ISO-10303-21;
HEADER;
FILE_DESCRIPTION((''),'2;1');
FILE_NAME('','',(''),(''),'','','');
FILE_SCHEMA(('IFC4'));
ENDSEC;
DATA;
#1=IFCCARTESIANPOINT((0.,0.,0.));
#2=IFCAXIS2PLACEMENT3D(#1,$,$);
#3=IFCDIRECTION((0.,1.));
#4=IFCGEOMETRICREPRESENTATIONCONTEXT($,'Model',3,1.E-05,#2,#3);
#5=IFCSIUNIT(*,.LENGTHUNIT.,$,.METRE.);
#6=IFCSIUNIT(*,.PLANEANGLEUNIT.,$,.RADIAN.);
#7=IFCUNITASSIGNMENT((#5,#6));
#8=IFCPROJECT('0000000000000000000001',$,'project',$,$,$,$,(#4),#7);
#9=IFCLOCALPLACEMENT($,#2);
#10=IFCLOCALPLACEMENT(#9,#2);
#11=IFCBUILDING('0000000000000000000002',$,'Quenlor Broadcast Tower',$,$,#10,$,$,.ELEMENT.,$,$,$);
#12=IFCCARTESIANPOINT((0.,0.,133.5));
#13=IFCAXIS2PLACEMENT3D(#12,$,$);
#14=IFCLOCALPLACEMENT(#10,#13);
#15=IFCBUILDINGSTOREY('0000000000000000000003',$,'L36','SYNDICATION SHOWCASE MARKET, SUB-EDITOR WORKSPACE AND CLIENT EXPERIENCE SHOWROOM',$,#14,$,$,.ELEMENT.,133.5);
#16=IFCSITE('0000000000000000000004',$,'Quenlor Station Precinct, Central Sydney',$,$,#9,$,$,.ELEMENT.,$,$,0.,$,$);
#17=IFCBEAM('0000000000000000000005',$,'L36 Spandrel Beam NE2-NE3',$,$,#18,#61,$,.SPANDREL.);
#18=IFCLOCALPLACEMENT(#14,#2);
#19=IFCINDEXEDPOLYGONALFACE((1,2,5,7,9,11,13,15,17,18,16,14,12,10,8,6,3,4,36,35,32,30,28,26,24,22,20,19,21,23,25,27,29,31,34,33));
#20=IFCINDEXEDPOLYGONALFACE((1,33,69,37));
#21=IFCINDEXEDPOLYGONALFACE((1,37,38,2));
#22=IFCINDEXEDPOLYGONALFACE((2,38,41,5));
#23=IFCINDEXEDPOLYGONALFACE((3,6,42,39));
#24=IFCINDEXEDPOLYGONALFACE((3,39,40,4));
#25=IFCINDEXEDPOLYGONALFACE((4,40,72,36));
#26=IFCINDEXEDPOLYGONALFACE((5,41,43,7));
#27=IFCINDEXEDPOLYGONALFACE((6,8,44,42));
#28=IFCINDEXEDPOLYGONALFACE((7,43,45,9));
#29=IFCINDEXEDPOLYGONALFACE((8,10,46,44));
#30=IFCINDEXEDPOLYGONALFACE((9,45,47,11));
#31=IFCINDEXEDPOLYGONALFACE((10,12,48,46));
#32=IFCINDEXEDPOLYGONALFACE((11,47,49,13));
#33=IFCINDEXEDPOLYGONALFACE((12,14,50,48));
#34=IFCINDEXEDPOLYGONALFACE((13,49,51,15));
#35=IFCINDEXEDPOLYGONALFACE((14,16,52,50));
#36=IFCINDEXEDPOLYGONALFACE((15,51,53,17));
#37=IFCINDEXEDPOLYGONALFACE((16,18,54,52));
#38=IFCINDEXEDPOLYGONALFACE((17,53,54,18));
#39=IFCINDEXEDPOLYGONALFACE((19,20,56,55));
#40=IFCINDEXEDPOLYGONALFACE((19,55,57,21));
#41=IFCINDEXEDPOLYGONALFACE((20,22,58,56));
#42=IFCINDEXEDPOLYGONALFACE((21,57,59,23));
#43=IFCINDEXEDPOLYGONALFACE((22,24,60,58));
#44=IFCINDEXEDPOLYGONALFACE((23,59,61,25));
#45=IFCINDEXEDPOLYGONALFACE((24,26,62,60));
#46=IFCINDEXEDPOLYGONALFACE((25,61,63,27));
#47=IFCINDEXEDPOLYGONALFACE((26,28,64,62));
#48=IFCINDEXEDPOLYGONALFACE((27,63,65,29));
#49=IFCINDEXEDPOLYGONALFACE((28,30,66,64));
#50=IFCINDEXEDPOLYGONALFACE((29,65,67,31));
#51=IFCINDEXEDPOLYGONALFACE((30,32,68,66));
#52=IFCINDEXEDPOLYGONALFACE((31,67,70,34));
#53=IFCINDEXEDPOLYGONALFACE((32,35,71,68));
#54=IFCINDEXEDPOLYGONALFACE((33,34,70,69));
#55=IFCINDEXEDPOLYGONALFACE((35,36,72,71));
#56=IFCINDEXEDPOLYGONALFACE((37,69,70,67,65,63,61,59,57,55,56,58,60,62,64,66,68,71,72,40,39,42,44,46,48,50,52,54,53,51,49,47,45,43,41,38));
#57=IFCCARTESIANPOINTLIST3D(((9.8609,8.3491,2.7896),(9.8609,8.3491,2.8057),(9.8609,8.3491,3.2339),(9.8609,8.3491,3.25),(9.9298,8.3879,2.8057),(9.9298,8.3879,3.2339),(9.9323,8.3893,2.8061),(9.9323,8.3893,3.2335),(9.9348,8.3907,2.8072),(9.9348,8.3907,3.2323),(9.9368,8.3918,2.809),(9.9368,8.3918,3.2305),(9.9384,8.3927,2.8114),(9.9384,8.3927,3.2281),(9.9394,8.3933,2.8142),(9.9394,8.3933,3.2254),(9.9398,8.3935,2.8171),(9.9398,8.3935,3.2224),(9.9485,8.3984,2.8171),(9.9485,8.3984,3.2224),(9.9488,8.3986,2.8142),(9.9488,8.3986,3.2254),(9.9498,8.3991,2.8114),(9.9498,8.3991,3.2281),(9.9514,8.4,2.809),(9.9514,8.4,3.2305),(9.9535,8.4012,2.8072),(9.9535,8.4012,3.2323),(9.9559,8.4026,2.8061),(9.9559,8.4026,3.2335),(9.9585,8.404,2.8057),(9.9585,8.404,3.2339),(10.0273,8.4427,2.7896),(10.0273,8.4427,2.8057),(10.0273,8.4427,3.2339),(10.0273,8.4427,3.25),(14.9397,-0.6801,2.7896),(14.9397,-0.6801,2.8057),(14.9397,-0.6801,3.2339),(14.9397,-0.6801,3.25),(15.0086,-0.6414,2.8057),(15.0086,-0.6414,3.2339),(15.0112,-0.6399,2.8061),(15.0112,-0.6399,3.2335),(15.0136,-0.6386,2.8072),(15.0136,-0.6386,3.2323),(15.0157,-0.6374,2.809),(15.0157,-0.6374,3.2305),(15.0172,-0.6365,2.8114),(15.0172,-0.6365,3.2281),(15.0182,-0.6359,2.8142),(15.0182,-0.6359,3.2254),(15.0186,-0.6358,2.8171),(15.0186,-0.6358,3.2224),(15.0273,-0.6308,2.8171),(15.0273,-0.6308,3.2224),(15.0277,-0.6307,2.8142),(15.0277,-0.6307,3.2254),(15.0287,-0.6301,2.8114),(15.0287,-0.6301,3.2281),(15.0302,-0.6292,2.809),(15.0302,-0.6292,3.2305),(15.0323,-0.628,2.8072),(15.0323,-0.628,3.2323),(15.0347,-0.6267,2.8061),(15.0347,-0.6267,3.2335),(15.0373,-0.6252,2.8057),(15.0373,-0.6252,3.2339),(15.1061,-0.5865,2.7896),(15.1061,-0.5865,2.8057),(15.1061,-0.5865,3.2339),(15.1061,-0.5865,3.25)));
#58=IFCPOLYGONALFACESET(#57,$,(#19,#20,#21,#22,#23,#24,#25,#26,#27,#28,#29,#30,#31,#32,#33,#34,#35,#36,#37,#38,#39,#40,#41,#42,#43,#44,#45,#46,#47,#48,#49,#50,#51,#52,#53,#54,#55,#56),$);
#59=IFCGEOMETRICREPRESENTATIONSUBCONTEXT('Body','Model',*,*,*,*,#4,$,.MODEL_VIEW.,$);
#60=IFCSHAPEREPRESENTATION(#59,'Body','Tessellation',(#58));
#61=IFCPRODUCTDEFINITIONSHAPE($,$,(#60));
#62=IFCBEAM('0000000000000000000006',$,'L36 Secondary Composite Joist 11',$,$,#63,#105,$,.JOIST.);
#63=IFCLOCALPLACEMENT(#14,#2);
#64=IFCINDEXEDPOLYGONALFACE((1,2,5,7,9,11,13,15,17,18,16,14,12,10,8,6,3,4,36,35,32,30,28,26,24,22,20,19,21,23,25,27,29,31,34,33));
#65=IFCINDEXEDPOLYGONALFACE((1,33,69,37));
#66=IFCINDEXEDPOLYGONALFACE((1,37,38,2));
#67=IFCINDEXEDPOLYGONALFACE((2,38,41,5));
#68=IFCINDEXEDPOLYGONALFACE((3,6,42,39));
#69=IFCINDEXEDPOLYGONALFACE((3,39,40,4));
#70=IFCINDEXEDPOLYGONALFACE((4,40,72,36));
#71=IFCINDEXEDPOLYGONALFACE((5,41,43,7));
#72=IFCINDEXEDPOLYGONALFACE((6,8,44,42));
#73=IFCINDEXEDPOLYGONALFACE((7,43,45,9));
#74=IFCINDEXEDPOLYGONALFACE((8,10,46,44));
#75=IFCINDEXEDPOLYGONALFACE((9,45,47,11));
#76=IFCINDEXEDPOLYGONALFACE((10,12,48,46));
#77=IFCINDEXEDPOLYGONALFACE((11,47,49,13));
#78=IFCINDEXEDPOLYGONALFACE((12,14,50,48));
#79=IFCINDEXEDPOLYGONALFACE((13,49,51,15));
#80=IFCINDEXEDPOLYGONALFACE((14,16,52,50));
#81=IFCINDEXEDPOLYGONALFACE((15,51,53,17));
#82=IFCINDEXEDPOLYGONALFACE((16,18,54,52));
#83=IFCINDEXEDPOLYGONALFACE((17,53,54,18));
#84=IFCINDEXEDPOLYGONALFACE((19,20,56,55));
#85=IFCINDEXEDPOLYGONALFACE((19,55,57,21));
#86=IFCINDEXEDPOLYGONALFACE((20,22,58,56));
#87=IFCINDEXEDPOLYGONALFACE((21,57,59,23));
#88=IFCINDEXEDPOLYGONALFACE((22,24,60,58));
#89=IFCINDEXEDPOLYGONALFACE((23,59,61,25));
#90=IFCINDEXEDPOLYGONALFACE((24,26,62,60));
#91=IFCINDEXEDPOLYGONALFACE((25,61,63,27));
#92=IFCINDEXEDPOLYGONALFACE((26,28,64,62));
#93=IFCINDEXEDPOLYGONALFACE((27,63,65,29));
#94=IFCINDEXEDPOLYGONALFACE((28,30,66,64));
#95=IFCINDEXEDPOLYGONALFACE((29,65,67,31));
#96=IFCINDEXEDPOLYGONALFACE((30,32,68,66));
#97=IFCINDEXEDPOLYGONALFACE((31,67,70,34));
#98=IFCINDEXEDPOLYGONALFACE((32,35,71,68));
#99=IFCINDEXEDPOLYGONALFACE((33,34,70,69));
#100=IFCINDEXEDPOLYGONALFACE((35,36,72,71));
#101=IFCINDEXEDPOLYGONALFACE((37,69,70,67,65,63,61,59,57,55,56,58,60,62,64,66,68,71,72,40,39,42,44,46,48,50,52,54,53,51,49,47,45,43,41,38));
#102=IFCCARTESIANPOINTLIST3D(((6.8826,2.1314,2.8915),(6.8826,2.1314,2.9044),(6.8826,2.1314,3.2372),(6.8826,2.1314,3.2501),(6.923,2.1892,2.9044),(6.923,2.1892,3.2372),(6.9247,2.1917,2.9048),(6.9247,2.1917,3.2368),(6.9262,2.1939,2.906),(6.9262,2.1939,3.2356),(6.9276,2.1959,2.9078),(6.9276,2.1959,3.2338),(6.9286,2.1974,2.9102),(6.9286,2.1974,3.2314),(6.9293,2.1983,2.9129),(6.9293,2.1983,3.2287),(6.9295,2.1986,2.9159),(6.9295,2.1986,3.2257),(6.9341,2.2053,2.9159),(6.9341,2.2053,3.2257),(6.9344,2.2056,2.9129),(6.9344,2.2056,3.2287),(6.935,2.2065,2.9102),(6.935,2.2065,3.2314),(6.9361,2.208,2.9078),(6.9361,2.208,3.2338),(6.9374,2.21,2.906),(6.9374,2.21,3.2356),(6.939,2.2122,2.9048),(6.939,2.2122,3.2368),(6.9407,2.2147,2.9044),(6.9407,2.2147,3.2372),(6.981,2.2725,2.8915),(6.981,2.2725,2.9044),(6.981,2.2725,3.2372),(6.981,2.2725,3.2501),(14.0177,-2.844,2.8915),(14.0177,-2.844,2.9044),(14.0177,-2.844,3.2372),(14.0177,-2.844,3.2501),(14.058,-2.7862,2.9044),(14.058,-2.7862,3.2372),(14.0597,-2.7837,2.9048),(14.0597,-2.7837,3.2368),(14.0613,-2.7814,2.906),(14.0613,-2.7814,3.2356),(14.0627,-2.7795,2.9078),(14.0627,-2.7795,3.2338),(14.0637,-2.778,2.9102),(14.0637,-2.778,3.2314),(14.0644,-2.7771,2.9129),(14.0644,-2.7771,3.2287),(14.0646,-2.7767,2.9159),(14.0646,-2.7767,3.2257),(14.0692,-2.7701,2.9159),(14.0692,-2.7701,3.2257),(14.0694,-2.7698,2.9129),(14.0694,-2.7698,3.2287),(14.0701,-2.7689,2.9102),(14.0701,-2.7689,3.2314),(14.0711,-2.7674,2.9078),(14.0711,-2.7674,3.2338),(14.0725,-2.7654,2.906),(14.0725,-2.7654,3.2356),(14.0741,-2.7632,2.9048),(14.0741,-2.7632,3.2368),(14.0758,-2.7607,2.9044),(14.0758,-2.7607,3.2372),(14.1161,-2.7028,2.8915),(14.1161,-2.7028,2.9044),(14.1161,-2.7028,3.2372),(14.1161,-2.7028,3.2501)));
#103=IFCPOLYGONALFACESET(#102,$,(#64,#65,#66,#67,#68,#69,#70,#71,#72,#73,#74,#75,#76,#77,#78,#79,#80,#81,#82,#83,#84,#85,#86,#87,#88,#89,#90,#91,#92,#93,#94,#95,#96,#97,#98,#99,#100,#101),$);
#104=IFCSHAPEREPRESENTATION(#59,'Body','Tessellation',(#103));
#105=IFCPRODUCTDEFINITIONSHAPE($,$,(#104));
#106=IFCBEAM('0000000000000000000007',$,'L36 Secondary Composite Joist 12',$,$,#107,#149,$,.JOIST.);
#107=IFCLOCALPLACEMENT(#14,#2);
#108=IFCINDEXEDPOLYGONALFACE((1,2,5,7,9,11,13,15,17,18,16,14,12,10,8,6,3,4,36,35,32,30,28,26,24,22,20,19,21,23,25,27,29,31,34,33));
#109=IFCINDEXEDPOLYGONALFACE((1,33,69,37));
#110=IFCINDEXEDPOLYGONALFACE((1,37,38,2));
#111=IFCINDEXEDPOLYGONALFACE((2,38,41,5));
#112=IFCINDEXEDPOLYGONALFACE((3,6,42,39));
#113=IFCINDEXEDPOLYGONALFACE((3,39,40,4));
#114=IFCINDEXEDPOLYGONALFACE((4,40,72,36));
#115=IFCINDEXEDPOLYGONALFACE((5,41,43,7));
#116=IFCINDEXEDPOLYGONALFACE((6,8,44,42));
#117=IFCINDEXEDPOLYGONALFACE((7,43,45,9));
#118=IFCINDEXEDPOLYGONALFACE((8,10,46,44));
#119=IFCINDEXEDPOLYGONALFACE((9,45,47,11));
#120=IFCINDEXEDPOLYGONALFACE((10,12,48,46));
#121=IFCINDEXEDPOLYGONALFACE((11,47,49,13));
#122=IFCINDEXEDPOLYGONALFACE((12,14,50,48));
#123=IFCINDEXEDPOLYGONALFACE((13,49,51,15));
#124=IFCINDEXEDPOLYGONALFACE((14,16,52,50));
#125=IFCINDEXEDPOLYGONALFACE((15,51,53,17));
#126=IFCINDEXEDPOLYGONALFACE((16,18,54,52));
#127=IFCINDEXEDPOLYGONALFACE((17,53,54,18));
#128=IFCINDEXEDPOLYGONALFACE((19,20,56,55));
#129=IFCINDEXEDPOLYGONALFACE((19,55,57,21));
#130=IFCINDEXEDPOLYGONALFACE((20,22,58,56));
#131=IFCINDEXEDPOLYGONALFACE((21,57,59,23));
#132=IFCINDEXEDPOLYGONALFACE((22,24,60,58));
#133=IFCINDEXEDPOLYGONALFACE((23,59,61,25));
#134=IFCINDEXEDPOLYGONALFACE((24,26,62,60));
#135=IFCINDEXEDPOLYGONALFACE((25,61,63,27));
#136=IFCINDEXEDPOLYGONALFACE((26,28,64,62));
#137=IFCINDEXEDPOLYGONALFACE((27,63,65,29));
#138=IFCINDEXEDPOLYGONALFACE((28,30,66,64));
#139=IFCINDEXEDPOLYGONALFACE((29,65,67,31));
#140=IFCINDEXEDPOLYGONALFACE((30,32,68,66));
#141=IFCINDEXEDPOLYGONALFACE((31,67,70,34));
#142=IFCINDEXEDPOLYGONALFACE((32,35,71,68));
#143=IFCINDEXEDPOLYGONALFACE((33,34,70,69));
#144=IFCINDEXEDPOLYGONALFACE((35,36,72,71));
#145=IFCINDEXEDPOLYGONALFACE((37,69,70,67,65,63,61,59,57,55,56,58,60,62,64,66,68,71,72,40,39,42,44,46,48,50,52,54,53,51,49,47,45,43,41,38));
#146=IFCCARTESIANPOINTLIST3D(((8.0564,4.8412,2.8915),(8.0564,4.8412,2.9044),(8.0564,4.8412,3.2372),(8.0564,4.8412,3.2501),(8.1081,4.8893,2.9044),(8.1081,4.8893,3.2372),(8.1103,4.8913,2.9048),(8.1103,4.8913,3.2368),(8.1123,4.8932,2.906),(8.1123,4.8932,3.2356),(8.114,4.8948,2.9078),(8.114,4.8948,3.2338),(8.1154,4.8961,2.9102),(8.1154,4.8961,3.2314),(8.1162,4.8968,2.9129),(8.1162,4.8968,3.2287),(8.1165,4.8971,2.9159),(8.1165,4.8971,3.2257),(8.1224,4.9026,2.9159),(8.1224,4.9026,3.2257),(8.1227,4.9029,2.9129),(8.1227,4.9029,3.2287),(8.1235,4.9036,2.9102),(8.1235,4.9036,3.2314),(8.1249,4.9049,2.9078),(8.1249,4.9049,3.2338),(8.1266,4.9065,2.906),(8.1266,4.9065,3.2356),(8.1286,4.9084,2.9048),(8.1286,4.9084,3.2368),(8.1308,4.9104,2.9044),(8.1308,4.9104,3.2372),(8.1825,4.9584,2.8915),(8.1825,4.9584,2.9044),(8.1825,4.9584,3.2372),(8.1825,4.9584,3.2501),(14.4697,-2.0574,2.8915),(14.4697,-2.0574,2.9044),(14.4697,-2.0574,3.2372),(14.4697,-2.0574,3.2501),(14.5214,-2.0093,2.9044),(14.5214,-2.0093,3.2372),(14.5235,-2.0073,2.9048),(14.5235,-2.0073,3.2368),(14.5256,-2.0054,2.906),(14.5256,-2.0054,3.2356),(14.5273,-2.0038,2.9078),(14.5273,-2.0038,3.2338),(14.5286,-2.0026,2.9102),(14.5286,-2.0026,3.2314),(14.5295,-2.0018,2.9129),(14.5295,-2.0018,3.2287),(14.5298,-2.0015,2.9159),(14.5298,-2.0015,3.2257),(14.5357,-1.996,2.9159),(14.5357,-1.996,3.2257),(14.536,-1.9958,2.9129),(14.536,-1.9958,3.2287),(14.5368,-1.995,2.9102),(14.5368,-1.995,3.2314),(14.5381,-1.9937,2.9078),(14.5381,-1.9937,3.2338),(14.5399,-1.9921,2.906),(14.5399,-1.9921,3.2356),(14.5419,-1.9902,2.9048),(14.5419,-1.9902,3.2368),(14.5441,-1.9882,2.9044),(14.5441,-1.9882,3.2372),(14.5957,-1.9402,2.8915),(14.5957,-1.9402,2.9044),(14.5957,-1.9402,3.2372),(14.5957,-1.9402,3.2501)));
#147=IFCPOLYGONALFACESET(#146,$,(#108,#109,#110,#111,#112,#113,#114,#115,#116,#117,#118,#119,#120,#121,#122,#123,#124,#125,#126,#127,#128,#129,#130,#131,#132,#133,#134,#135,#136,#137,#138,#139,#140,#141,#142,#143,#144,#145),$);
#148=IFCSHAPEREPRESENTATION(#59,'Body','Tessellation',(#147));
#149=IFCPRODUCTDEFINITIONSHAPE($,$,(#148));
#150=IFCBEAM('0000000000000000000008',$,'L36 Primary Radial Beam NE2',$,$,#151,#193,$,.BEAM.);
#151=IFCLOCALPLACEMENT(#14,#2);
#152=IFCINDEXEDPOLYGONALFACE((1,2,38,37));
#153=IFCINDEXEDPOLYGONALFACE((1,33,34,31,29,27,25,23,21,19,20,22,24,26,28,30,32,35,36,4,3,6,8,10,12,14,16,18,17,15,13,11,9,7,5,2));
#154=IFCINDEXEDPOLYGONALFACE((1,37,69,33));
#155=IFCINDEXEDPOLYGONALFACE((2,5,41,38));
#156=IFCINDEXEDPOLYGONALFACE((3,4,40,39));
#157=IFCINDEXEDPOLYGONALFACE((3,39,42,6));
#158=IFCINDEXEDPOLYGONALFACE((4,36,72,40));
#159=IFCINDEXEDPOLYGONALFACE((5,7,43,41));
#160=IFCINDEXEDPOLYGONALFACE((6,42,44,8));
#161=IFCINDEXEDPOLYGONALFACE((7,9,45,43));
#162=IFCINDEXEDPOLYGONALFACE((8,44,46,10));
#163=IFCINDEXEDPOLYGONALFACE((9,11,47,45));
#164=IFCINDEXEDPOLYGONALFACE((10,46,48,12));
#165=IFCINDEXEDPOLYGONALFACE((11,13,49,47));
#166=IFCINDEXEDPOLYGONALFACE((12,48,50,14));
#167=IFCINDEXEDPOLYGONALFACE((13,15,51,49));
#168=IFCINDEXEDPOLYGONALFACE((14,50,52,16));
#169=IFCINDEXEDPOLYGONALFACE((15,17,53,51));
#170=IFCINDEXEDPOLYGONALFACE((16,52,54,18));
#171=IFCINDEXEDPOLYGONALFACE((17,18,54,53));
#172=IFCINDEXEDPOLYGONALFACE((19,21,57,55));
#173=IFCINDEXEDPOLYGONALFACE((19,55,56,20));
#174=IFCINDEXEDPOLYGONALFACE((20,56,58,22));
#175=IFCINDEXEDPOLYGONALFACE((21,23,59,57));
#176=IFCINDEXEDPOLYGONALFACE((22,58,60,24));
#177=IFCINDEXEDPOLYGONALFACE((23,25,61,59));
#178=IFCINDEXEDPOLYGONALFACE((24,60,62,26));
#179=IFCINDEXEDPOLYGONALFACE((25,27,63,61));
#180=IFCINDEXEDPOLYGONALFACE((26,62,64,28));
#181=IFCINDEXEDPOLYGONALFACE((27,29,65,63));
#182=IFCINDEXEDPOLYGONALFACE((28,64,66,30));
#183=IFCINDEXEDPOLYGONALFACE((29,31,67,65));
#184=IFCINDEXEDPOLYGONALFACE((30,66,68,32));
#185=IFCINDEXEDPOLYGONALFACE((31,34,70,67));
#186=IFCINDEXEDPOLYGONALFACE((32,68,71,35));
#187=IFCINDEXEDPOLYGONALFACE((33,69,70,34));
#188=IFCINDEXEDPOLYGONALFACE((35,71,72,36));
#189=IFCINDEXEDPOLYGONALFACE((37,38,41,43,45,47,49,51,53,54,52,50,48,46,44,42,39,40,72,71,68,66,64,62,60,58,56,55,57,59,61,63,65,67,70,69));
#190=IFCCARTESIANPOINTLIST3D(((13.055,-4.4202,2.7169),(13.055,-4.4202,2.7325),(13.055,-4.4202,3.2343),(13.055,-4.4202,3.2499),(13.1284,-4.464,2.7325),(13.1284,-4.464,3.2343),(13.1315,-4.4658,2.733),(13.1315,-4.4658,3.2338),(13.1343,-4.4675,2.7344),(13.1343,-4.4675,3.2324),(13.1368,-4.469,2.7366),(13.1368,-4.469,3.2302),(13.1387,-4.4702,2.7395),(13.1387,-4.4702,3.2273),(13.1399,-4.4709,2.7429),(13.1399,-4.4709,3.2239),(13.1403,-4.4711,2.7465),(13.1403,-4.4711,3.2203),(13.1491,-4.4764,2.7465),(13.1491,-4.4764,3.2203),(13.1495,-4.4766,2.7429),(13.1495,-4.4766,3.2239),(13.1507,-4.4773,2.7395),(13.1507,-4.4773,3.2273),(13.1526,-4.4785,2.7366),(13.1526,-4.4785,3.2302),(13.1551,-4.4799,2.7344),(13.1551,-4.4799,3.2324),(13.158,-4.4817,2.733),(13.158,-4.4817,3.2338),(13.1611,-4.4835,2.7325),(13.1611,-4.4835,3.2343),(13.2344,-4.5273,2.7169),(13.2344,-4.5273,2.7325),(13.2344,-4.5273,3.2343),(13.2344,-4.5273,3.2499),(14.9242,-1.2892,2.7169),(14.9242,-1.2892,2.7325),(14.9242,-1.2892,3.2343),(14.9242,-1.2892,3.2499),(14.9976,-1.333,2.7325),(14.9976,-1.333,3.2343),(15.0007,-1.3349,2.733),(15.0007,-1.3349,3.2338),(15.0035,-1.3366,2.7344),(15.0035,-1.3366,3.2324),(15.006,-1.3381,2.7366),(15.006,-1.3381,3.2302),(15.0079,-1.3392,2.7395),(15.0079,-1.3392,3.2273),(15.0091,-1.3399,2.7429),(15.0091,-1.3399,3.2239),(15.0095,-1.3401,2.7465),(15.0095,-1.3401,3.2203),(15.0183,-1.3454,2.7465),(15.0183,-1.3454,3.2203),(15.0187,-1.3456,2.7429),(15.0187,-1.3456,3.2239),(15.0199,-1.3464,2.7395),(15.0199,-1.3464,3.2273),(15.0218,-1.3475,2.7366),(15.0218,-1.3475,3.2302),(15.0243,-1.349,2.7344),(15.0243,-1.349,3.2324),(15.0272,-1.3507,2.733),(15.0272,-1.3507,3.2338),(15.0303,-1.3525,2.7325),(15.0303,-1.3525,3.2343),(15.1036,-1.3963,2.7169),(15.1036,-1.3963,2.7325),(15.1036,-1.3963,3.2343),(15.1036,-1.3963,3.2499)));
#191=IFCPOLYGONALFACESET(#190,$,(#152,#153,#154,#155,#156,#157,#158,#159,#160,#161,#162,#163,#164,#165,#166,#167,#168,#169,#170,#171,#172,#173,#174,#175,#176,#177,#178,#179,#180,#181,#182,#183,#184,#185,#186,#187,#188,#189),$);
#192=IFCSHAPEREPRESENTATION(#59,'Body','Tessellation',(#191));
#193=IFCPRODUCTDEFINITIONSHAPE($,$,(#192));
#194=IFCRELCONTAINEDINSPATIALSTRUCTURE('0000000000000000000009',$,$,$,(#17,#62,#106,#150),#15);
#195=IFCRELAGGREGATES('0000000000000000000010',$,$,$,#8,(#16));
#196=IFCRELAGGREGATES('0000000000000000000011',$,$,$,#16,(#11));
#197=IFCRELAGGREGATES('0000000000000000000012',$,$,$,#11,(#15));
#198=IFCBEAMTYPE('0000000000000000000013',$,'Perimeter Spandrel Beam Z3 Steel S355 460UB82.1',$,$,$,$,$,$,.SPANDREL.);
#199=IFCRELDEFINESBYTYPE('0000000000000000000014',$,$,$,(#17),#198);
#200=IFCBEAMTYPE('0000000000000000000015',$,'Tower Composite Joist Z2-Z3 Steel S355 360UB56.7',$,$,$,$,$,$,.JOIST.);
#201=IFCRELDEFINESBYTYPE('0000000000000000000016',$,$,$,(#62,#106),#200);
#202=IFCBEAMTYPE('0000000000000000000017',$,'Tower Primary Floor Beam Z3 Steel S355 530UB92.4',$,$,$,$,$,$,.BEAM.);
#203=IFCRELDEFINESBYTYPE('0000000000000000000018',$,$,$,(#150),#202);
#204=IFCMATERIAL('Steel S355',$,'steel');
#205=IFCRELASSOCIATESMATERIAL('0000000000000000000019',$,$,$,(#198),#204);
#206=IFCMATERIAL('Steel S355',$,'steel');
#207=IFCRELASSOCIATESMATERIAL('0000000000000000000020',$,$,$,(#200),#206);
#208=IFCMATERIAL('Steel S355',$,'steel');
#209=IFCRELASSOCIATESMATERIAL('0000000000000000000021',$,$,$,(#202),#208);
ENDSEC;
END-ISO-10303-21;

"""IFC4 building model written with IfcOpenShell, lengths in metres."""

from ifc_helpers import new_model, si_unit, direction, frame, origin, origin_2d, place, context, subcontext, project, spatial, i_section, extrude, material, material_profile, profile_set, type_object, element, save


model = new_model("IFC4")

# Units and contexts
model_context = context("Model", 3, precision=1e-05, world=origin(), true_north=direction((0.0, 1.0)))
body_context = subcontext(model_context, "Body", "Model", "MODEL_VIEW")
ifc_project = project(units=[si_unit("LENGTHUNIT", "METRE"), si_unit("PLANEANGLEUNIT", "RADIAN")], contexts=[model_context])

# Site, building, storey
site_placement = place(None, origin())
site = spatial("IfcSite", under=ifc_project, at=site_placement, Name="Quenlor Station Precinct, Central Sydney", CompositionType="ELEMENT", RefElevation=0.0)
building_placement = place(site_placement, origin())
building = spatial("IfcBuilding", under=site, at=building_placement, Name="Quenlor Broadcast Tower", CompositionType="ELEMENT")
storey_placement = place(building_placement, frame((0.0, 0.0, 133.5)))
storey = spatial("IfcBuildingStorey", under=building, at=storey_placement, Name="L36", Description="SYNDICATION SHOWCASE MARKET, SUB-EDITOR WORKSPACE AND CLIENT EXPERIENCE SHOWROOM", CompositionType="ELEMENT", Elevation=133.5)

# Beams
ifc_material_1 = material(Name="Steel S355", Category="steel")
ifc_material_profile_1 = material_profile(ifc_material_1, i_section(OverallWidth=0.1909, OverallDepth=0.4604, WebThickness=0.01, FlangeThickness=0.0161, FilletRadius=0.0115, at=origin_2d()))
ifc_profile_set_1 = profile_set([ifc_material_profile_1], Name="Steel S355 460UB82.1")
beam_type_1 = type_object("IfcBeamType", Name="Perimeter Spandrel Beam Z3 Steel S355 460UB82.1", PredefinedType="SPANDREL", material=ifc_profile_set_1)
beam_1_placement = place(storey_placement, frame((15.0229, -0.6333, 3.0198), z_axis=(-0.490252, 0.871581, 0.0), x_axis=(-0.871581, -0.490252, 0.0)))
element("IfcBeam", 1, at=beam_1_placement, inside=storey, type_object=beam_type_1, Name="L36 Spandrel Beam NE2-NE3", PredefinedType="SPANDREL", context=body_context, shape_type="SweptSolid", body=[
    extrude(i_section(OverallWidth=0.1909, OverallDepth=0.4604, WebThickness=0.01, FlangeThickness=0.0161, FilletRadius=0.0115, at=origin_2d()), origin(), (0.0, 0.0, 1.0), 10.3596),
])
ifc_material_2 = material(Name="Steel S355", Category="steel")
ifc_material_profile_2 = material_profile(ifc_material_2, i_section(OverallWidth=0.1721, OverallDepth=0.3586, WebThickness=0.0081, FlangeThickness=0.0129, FilletRadius=0.0115, at=origin_2d()))
ifc_profile_set_2 = profile_set([ifc_material_profile_2], Name="Steel S355 360UB56.7")
beam_type_2 = type_object("IfcBeamType", Name="Tower Composite Joist Z2-Z3 Steel S355 360UB56.7", PredefinedType="JOIST", material=ifc_profile_set_2)
beam_2_placement = place(storey_placement, frame((14.0669, -2.7734, 3.0708), z_axis=(-0.820266, 0.571983, 0.0), x_axis=(-0.571983, -0.820266, 0.0)))
element("IfcBeam", 2, at=beam_2_placement, inside=storey, type_object=beam_type_2, Name="L36 Secondary Composite Joist 11", PredefinedType="JOIST", context=body_context, shape_type="SweptSolid", body=[
    extrude(i_section(OverallWidth=0.1721, OverallDepth=0.3586, WebThickness=0.0081, FlangeThickness=0.0129, FilletRadius=0.0115, at=origin_2d()), origin(), (0.0, 0.0, 1.0), 8.6985),
])
beam_3_placement = place(storey_placement, frame((14.5327, -1.9988, 3.0708), z_axis=(-0.680874, 0.732401, 0.0), x_axis=(-0.732401, -0.680874, 0.0)))
element("IfcBeam", 3, at=beam_3_placement, inside=storey, type_object=beam_type_2, Name="L36 Secondary Composite Joist 12", PredefinedType="JOIST", context=body_context, shape_type="SweptSolid", body=[
    extrude(i_section(OverallWidth=0.1721, OverallDepth=0.3586, WebThickness=0.0081, FlangeThickness=0.0129, FilletRadius=0.0115, at=origin_2d()), origin(), (0.0, 0.0, 1.0), 9.4192),
])
ifc_material_3 = material(Name="Steel S355", Category="steel")
ifc_material_profile_3 = material_profile(ifc_material_3, i_section(OverallWidth=0.209, OverallDepth=0.533, WebThickness=0.0103, FlangeThickness=0.0156, FilletRadius=0.0139, at=origin_2d()))
ifc_profile_set_3 = profile_set([ifc_material_profile_3], Name="Steel S355 530UB92.4")
beam_type_3 = type_object("IfcBeamType", Name="Tower Primary Floor Beam Z3 Steel S355 530UB92.4", PredefinedType="BEAM", material=ifc_profile_set_3)
beam_4_placement = place(storey_placement, frame((15.0139, -1.3428, 2.9834), z_axis=(-0.512604, -0.858625, 0.0), x_axis=(0.858625, -0.512604, 0.0)))
element("IfcBeam", 4, at=beam_4_placement, inside=storey, type_object=beam_type_3, Name="L36 Primary Radial Beam NE2", PredefinedType="BEAM", context=body_context, shape_type="SweptSolid", body=[
    extrude(i_section(OverallWidth=0.209, OverallDepth=0.533, WebThickness=0.0103, FlangeThickness=0.0156, FilletRadius=0.0139, at=origin_2d()), origin(), (0.0, 0.0, 1.0), 3.6465),
])

save(model, "model.ifc")
